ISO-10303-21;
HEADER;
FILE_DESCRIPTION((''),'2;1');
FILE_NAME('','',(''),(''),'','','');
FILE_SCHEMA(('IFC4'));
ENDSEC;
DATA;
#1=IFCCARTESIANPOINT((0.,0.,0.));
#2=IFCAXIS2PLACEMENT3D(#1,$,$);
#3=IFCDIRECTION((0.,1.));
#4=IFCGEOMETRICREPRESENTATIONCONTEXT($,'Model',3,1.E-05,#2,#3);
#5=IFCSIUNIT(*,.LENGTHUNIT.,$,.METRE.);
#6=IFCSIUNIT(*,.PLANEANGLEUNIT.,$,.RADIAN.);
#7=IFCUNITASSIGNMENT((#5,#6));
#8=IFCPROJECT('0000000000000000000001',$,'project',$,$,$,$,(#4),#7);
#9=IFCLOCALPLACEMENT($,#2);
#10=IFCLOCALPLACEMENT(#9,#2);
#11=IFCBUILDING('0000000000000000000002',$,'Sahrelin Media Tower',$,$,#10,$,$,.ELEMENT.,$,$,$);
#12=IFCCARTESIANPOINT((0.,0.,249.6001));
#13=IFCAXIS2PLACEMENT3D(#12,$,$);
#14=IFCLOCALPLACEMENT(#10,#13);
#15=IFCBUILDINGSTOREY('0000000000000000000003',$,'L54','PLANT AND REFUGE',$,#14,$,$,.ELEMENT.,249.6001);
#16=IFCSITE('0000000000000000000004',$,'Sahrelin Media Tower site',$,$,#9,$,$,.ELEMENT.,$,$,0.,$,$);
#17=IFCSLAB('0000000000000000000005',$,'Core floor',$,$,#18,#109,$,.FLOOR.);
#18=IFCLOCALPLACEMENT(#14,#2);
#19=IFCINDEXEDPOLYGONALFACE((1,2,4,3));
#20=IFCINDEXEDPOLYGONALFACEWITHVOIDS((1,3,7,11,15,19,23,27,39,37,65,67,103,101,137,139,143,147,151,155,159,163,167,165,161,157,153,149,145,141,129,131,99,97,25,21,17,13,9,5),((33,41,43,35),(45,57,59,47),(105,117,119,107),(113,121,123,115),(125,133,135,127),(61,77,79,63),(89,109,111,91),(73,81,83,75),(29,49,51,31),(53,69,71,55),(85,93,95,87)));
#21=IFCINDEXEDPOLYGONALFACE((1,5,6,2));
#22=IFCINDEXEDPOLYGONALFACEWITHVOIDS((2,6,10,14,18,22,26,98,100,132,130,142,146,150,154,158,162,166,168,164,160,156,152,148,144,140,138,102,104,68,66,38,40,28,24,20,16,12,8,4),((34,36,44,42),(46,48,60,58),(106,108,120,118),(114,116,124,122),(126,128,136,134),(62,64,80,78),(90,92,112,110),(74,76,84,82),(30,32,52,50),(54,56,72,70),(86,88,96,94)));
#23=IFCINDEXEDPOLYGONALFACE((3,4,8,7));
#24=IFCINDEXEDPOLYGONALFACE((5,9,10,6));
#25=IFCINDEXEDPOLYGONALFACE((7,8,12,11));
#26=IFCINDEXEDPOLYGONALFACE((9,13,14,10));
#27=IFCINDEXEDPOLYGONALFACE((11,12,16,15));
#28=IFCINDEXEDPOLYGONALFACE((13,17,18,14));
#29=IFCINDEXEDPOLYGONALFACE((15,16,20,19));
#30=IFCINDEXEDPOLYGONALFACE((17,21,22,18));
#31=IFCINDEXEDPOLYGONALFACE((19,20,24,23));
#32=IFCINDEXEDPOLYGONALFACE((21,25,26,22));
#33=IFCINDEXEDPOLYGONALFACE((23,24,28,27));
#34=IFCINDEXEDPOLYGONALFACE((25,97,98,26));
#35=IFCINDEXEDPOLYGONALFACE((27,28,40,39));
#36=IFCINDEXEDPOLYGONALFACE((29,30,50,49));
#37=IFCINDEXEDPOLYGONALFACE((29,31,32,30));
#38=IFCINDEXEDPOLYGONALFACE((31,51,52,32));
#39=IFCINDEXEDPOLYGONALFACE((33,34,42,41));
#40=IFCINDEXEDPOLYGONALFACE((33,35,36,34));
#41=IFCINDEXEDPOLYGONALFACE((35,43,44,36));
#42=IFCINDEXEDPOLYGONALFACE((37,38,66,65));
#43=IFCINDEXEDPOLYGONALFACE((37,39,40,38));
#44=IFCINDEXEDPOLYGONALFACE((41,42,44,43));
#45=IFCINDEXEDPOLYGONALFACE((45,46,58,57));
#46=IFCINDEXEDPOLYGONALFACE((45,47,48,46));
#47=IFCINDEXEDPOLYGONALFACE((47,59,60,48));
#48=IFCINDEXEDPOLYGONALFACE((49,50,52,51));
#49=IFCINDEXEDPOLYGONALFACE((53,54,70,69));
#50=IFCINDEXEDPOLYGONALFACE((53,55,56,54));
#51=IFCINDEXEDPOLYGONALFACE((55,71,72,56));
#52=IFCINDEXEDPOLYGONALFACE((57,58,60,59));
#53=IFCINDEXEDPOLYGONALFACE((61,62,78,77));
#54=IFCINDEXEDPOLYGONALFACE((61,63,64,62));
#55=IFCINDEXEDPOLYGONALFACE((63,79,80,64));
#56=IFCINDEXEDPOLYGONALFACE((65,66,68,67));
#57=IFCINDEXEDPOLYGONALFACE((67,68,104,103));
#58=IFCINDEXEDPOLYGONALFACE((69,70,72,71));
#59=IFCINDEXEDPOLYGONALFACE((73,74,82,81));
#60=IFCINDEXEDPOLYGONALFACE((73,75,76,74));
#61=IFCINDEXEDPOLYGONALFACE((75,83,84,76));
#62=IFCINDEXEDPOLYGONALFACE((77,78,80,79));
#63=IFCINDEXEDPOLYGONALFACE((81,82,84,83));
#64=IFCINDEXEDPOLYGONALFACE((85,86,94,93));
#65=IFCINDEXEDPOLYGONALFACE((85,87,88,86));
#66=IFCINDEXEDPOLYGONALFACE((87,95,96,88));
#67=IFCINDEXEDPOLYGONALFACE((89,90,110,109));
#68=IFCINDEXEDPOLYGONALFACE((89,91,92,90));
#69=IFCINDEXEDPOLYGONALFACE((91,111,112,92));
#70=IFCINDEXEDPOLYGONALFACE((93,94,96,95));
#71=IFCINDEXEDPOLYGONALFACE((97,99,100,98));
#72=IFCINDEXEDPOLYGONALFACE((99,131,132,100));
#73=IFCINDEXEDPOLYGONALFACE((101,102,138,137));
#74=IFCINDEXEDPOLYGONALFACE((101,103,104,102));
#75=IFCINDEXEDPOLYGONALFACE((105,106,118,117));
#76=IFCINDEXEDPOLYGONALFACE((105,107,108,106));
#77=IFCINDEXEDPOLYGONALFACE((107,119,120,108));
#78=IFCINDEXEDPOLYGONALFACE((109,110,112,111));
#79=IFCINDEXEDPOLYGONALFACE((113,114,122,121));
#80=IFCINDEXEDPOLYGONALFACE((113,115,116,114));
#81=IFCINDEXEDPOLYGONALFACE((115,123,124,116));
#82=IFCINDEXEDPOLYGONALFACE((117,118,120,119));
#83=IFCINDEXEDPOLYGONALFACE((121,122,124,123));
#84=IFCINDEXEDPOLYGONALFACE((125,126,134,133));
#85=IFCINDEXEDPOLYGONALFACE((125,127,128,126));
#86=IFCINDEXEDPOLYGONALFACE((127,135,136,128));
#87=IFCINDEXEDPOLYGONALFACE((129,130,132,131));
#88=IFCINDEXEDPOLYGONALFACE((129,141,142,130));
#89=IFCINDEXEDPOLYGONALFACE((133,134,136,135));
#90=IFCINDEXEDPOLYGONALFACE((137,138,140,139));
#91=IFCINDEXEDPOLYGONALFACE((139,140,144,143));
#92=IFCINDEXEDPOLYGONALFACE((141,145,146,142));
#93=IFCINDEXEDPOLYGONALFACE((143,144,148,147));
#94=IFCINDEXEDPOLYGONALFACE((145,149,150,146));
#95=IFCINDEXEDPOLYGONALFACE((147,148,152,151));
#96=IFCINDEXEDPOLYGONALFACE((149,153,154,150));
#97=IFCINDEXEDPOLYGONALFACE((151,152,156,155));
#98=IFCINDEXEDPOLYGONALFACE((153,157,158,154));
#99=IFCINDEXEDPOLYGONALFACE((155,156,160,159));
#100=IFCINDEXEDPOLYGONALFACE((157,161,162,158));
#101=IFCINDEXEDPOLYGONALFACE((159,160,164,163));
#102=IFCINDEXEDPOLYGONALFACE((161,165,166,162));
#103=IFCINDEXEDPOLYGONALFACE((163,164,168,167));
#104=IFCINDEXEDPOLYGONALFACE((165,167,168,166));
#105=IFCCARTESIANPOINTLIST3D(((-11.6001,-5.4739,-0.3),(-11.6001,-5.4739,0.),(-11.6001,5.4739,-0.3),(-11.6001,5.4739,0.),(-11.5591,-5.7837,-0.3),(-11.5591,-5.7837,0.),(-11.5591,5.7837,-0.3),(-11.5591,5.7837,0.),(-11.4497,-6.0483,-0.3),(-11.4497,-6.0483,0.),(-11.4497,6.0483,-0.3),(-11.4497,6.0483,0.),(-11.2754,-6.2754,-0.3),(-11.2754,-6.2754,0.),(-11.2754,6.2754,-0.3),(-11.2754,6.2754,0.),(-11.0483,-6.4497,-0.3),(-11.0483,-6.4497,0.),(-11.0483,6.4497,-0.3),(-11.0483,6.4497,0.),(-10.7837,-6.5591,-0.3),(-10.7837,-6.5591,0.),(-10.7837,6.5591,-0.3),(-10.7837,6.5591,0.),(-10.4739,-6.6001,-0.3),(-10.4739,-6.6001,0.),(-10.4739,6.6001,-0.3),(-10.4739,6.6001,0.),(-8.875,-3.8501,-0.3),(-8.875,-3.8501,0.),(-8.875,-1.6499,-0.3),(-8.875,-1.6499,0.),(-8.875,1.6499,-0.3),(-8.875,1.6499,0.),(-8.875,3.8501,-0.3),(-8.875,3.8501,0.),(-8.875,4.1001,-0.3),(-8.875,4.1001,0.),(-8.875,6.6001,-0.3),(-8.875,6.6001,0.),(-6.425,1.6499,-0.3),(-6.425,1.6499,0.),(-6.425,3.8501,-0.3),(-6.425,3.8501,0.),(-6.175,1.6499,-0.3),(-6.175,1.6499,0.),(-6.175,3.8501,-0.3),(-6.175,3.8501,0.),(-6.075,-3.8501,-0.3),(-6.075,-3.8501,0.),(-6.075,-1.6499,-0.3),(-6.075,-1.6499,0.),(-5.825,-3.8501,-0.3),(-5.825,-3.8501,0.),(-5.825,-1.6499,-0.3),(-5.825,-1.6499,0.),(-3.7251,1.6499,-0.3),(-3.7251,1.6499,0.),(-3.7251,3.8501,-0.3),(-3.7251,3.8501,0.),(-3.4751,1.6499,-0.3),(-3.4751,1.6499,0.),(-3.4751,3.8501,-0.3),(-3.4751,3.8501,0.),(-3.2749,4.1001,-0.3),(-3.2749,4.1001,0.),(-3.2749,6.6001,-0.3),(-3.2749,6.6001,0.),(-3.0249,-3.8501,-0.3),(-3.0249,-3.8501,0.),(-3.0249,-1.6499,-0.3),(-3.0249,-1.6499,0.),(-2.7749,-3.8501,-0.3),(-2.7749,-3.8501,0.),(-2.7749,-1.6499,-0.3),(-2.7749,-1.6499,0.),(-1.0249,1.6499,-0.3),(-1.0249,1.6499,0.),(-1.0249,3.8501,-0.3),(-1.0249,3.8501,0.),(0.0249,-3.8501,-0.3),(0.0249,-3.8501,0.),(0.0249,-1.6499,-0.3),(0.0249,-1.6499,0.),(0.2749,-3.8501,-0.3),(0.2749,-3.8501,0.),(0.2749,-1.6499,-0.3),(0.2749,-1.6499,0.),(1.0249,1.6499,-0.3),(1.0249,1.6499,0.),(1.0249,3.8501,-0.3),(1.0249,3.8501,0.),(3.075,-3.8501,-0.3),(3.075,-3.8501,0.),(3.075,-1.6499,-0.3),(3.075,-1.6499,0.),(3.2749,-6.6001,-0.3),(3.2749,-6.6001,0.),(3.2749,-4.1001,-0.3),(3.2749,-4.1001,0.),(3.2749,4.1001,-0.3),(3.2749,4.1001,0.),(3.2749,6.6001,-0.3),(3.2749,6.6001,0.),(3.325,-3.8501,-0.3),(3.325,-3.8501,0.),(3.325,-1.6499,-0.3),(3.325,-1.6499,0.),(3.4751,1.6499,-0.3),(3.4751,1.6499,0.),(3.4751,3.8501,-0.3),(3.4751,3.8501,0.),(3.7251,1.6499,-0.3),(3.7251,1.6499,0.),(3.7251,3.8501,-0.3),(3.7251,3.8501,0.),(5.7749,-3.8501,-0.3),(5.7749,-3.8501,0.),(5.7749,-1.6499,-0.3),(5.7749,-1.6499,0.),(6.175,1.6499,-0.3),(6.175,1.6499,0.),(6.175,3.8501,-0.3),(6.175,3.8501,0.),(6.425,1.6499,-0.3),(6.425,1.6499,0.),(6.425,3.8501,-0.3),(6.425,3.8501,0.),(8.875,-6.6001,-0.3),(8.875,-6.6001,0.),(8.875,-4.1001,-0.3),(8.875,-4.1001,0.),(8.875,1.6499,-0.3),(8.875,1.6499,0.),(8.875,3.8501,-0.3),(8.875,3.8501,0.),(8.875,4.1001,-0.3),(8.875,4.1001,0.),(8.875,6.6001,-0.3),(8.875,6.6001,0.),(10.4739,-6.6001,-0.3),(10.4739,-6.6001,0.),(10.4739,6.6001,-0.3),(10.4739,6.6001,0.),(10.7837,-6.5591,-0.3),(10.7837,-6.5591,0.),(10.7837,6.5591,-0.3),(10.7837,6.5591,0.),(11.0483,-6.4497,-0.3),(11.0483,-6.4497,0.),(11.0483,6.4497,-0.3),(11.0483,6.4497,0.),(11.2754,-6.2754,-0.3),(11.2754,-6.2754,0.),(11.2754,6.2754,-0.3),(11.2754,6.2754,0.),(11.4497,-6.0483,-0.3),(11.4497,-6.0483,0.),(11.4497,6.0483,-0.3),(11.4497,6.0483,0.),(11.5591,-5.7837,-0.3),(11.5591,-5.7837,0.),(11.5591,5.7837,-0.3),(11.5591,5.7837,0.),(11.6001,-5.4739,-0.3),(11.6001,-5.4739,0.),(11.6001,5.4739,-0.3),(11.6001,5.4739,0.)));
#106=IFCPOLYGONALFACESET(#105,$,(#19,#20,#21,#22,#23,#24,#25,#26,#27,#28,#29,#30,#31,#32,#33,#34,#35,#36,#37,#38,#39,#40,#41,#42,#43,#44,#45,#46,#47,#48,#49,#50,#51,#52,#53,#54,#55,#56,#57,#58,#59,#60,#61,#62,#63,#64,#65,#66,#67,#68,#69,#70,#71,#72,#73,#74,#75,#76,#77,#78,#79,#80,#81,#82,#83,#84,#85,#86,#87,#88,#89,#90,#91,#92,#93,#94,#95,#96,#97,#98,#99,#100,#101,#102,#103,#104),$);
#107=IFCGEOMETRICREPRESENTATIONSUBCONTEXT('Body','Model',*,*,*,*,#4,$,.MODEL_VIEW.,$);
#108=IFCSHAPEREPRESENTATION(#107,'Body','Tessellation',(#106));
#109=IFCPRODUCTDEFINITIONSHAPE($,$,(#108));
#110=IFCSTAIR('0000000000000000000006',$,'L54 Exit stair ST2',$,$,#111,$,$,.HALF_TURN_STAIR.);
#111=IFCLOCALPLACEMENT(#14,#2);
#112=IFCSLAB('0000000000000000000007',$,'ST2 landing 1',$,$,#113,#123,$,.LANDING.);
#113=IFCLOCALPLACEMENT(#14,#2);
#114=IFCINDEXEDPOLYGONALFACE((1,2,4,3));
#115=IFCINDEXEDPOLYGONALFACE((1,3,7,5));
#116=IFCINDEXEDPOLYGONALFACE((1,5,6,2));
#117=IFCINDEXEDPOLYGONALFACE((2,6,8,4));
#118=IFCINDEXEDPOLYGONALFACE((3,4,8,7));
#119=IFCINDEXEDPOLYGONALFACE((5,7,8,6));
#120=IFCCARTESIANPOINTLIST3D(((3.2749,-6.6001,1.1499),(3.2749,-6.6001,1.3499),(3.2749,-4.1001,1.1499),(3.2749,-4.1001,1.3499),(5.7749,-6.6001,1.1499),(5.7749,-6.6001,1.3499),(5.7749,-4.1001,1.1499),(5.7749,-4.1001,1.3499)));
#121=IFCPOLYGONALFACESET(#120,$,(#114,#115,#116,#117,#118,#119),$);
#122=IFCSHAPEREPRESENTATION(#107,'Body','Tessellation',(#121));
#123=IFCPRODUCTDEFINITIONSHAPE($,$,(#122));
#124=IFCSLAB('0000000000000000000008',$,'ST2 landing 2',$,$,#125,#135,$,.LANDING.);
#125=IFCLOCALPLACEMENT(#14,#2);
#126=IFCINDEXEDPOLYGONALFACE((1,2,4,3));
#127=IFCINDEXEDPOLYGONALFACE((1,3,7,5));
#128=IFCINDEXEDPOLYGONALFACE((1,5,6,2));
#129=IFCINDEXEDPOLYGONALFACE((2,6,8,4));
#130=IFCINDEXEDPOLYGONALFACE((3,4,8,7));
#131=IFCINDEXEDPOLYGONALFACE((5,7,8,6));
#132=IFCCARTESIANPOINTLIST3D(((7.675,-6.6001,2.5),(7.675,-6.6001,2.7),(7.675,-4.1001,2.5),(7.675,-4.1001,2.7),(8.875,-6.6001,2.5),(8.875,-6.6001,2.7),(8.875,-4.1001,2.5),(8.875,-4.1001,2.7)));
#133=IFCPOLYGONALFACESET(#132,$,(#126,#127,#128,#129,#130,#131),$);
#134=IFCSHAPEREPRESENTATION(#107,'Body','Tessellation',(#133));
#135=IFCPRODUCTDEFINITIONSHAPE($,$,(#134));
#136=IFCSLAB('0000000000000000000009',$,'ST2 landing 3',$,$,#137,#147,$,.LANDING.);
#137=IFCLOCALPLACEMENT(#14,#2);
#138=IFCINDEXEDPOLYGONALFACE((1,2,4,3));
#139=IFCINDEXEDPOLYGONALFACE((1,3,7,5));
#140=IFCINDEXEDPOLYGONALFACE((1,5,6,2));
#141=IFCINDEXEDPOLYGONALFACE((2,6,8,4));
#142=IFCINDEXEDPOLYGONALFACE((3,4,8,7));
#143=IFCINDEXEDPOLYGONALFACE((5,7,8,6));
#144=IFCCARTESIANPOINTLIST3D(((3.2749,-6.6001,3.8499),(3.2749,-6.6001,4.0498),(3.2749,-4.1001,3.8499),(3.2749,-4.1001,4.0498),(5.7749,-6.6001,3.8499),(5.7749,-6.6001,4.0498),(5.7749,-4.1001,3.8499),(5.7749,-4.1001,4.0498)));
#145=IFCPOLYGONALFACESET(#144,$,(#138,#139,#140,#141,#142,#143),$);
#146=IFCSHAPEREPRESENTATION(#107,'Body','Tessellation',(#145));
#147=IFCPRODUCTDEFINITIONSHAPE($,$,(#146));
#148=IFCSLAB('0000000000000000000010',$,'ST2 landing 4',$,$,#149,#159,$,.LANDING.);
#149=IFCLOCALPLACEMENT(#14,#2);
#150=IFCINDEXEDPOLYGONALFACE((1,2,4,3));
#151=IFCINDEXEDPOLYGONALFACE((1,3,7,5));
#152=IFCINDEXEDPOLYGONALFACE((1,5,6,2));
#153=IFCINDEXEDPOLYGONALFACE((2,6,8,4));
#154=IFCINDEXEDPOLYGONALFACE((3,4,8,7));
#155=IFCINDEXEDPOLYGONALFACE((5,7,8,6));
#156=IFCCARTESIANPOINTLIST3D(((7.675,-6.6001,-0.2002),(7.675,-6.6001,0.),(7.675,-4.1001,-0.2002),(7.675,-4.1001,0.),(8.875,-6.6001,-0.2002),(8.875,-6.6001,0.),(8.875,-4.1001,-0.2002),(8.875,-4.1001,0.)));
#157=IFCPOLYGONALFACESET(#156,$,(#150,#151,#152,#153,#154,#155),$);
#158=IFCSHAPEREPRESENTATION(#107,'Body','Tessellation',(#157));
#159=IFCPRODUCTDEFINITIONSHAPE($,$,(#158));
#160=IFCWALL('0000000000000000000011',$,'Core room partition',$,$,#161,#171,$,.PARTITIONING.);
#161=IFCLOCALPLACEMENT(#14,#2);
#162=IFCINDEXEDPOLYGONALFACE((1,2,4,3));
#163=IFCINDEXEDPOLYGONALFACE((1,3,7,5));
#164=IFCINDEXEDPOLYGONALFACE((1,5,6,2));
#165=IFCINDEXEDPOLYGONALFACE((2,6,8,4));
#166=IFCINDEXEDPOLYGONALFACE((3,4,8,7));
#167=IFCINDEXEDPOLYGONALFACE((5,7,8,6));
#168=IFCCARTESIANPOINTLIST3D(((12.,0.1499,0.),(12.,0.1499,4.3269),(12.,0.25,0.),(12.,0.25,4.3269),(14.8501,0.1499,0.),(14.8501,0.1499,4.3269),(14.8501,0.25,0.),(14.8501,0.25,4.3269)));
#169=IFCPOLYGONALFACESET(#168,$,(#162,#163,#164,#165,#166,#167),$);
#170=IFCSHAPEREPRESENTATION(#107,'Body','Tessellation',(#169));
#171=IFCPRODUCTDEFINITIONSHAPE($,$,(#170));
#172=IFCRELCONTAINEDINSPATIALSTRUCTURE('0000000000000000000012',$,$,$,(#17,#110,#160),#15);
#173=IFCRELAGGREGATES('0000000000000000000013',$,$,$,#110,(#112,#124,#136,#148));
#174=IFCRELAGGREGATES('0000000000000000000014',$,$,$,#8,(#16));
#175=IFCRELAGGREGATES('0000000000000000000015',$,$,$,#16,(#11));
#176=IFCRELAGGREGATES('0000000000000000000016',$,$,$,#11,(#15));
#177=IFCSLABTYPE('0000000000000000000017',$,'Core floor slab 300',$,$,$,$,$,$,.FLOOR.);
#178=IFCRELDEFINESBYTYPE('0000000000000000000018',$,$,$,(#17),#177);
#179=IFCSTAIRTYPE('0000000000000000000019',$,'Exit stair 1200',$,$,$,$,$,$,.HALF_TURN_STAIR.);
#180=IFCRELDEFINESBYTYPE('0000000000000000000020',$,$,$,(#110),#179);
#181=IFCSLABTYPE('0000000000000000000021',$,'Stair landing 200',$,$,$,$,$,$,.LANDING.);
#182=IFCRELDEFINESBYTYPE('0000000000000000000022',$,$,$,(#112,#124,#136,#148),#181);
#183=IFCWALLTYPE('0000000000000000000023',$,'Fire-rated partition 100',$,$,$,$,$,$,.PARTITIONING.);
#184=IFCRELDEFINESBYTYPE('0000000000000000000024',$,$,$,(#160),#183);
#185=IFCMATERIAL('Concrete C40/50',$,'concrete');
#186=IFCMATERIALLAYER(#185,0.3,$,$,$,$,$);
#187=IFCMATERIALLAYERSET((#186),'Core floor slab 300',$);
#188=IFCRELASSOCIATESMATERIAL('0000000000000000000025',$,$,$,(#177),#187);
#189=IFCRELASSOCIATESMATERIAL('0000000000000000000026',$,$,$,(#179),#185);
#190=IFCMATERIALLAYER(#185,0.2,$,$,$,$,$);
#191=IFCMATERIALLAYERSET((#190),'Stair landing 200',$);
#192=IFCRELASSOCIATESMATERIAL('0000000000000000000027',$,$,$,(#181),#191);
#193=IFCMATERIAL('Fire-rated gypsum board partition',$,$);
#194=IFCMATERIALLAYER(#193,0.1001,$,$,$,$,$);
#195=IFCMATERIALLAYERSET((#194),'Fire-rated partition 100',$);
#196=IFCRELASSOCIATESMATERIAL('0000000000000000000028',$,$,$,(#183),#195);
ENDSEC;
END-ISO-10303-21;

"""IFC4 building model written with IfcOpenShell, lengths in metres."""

from ifc_helpers import new_model, si_unit, direction, frame, frame_2d, origin, place, context, subcontext, project, spatial, polyline, rectangle, outline, extrude, material, layer, layer_set, type_object, element, aggregate, save


model = new_model("IFC4")

# Units and contexts
model_context = context("Model", 3, precision=1e-05, world=origin(), true_north=direction((0.0, 1.0)))
body_context = subcontext(model_context, "Body", "Model", "MODEL_VIEW")
ifc_project = project(units=[si_unit("LENGTHUNIT", "METRE"), si_unit("PLANEANGLEUNIT", "RADIAN")], contexts=[model_context])

# Site, building, storey
site_placement = place(None, origin())
site = spatial("IfcSite", under=ifc_project, at=site_placement, Name="Sahrelin Media Tower site", CompositionType="ELEMENT", RefElevation=0.0)
building_placement = place(site_placement, origin())
building = spatial("IfcBuilding", under=site, at=building_placement, Name="Sahrelin Media Tower", CompositionType="ELEMENT")
storey_placement = place(building_placement, frame((0.0, 0.0, 249.6001)))
storey = spatial("IfcBuildingStorey", under=building, at=storey_placement, Name="L54", Description="PLANT AND REFUGE", CompositionType="ELEMENT", Elevation=249.6001)

# Slab
ifc_material_1 = material(Name="Concrete C40/50", Category="concrete")
ifc_layer_1 = layer(ifc_material_1, 0.3)
ifc_layer_set_1 = layer_set([ifc_layer_1], Name="Core floor slab 300")
slab_type_1 = type_object("IfcSlabType", Name="Core floor slab 300", PredefinedType="FLOOR", material=ifc_layer_set_1)
slab_1_placement = place(storey_placement, frame((0.0, 0.0, -0.3)))
element("IfcSlab", 1, at=slab_1_placement, inside=storey, type_object=slab_type_1, Name="Core floor", PredefinedType="FLOOR", context=body_context, shape_type="SweptSolid", body=[
    extrude(outline(polyline([(-11.6001, -5.4739), (-11.5591, -5.7837), (-11.4497, -6.0483), (-11.2754, -6.2754), (-11.0483, -6.4497), (-10.7837, -6.5591), (-10.4739, -6.6001), (3.2749, -6.6001), (3.2749, -4.1001), (8.875, -4.1001), (8.875, -6.6001), (10.4739, -6.6001), (10.7837, -6.5591), (11.0483, -6.4497), (11.2754, -6.2754), (11.4497, -6.0483), (11.5591, -5.7837), (11.6001, -5.4739), (11.6001, 5.4739), (11.5591, 5.7837), (11.4497, 6.0483), (11.2754, 6.2754), (11.0483, 6.4497), (10.7837, 6.5591), (10.4739, 6.6001), (8.875, 6.6001), (8.875, 4.1001), (3.2749, 4.1001), (3.2749, 6.6001), (-3.2749, 6.6001), (-3.2749, 4.1001), (-8.875, 4.1001), (-8.875, 6.6001), (-10.4739, 6.6001), (-10.7837, 6.5591), (-11.0483, 6.4497), (-11.2754, 6.2754), (-11.4497, 6.0483), (-11.5591, 5.7837), (-11.6001, 5.4739), (-11.6001, -5.4739)]), holes=[polyline([(-8.875, 3.8501), (-8.875, 1.6499), (-6.425, 1.6499), (-6.425, 3.8501), (-8.875, 3.8501)]), polyline([(-3.7251, 3.8501), (-6.175, 3.8501), (-6.175, 1.6499), (-3.7251, 1.6499), (-3.7251, 3.8501)]), polyline([(-1.0249, 1.6499), (-1.0249, 3.8501), (-3.4751, 3.8501), (-3.4751, 1.6499), (-1.0249, 1.6499)]), polyline([(1.0249, 1.6499), (3.4751, 1.6499), (3.4751, 3.8501), (1.0249, 3.8501), (1.0249, 1.6499)]), polyline([(3.7251, 3.8501), (3.7251, 1.6499), (6.175, 1.6499), (6.175, 3.8501), (3.7251, 3.8501)]), polyline([(8.875, 3.8501), (6.425, 3.8501), (6.425, 1.6499), (8.875, 1.6499), (8.875, 3.8501)]), polyline([(-6.075, -3.8501), (-6.075, -1.6499), (-8.875, -1.6499), (-8.875, -3.8501), (-6.075, -3.8501)]), polyline([(-5.825, -3.8501), (-3.0249, -3.8501), (-3.0249, -1.6499), (-5.825, -1.6499), (-5.825, -3.8501)]), polyline([(-2.7749, -1.6499), (-2.7749, -3.8501), (0.0249, -3.8501), (0.0249, -1.6499), (-2.7749, -1.6499)]), polyline([(3.075, -1.6499), (0.2749, -1.6499), (0.2749, -3.8501), (3.075, -3.8501), (3.075, -1.6499)]), polyline([(5.7749, -3.8501), (5.7749, -1.6499), (3.325, -1.6499), (3.325, -3.8501), (5.7749, -3.8501)])]), origin(), (0.0, 0.0, 1.0), 0.3),
])

# Stair, slabs
stair_type = type_object("IfcStairType", Name="Exit stair 1200", PredefinedType="HALF_TURN_STAIR", material=ifc_material_1)
stair_placement = place(storey_placement, origin())
stair = element("IfcStair", 2, at=stair_placement, inside=storey, type_object=stair_type, Name="L54 Exit stair ST2", PredefinedType="HALF_TURN_STAIR")
ifc_layer_2 = layer(ifc_material_1, 0.2)
ifc_layer_set_2 = layer_set([ifc_layer_2], Name="Stair landing 200")
slab_type_2 = type_object("IfcSlabType", Name="Stair landing 200", PredefinedType="LANDING", material=ifc_layer_set_2)
slab_2_placement = place(storey_placement, frame((0.0, 0.0, 1.1499)))
slab_2 = element("IfcSlab", 3, at=slab_2_placement, type_object=slab_type_2, Name="ST2 landing 1", PredefinedType="LANDING", context=body_context, shape_type="SweptSolid", body=[
    extrude(outline(polyline([(5.7749, -4.1001), (3.2749, -4.1001), (3.2749, -6.6001), (5.7749, -6.6001), (5.7749, -4.1001)])), origin(), (0.0, 0.0, 1.0), 0.2),
])
slab_3_placement = place(storey_placement, frame((0.0, 0.0, 2.5)))
slab_3 = element("IfcSlab", 4, at=slab_3_placement, type_object=slab_type_2, Name="ST2 landing 2", PredefinedType="LANDING", context=body_context, shape_type="SweptSolid", body=[
    extrude(outline(polyline([(8.875, -4.1001), (7.675, -4.1001), (7.675, -6.6001), (8.875, -6.6001), (8.875, -4.1001)])), origin(), (0.0, 0.0, 1.0), 0.2),
])
slab_4_placement = place(storey_placement, frame((0.0, 0.0, 3.8499)))
slab_4 = element("IfcSlab", 5, at=slab_4_placement, type_object=slab_type_2, Name="ST2 landing 3", PredefinedType="LANDING", context=body_context, shape_type="SweptSolid", body=[
    extrude(outline(polyline([(5.7749, -4.1001), (3.2749, -4.1001), (3.2749, -6.6001), (5.7749, -6.6001), (5.7749, -4.1001)])), origin(), (0.0, 0.0, 1.0), 0.2),
])
slab_5_placement = place(storey_placement, frame((0.0, 0.0, -0.2002)))
slab_5 = element("IfcSlab", 6, at=slab_5_placement, type_object=slab_type_2, Name="ST2 landing 4", PredefinedType="LANDING", context=body_context, shape_type="SweptSolid", body=[
    extrude(outline(polyline([(8.875, -4.1001), (7.675, -4.1001), (7.675, -6.6001), (8.875, -6.6001), (8.875, -4.1001)])), origin(), (0.0, 0.0, 1.0), 0.2002),
])
aggregate(stair, [slab_2, slab_3, slab_4, slab_5])

# Wall
ifc_material_2 = material(Name="Fire-rated gypsum board partition")
ifc_layer_3 = layer(ifc_material_2, 0.1001)
ifc_layer_set_3 = layer_set([ifc_layer_3], Name="Fire-rated partition 100")
wall_type_1 = type_object("IfcWallType", Name="Fire-rated partition 100", PredefinedType="PARTITIONING", material=ifc_layer_set_3)
wall_1_placement = place(storey_placement, frame((12.0, 0.2, 0.0), z_axis=(0.0, 0.0, 1.0), x_axis=(1.0, 0.0, 0.0)))
element("IfcWall", 7, at=wall_1_placement, inside=storey, type_object=wall_type_1, Name="Core room partition", PredefinedType="PARTITIONING", context=body_context, shape_type="SweptSolid", body=[
    extrude(rectangle(XDim=2.8501, YDim=0.1001, at=frame_2d((1.425, 0.0))), origin(), (0.0, 0.0, 1.0), 4.3269),
])

save(model, "model.ifc")
